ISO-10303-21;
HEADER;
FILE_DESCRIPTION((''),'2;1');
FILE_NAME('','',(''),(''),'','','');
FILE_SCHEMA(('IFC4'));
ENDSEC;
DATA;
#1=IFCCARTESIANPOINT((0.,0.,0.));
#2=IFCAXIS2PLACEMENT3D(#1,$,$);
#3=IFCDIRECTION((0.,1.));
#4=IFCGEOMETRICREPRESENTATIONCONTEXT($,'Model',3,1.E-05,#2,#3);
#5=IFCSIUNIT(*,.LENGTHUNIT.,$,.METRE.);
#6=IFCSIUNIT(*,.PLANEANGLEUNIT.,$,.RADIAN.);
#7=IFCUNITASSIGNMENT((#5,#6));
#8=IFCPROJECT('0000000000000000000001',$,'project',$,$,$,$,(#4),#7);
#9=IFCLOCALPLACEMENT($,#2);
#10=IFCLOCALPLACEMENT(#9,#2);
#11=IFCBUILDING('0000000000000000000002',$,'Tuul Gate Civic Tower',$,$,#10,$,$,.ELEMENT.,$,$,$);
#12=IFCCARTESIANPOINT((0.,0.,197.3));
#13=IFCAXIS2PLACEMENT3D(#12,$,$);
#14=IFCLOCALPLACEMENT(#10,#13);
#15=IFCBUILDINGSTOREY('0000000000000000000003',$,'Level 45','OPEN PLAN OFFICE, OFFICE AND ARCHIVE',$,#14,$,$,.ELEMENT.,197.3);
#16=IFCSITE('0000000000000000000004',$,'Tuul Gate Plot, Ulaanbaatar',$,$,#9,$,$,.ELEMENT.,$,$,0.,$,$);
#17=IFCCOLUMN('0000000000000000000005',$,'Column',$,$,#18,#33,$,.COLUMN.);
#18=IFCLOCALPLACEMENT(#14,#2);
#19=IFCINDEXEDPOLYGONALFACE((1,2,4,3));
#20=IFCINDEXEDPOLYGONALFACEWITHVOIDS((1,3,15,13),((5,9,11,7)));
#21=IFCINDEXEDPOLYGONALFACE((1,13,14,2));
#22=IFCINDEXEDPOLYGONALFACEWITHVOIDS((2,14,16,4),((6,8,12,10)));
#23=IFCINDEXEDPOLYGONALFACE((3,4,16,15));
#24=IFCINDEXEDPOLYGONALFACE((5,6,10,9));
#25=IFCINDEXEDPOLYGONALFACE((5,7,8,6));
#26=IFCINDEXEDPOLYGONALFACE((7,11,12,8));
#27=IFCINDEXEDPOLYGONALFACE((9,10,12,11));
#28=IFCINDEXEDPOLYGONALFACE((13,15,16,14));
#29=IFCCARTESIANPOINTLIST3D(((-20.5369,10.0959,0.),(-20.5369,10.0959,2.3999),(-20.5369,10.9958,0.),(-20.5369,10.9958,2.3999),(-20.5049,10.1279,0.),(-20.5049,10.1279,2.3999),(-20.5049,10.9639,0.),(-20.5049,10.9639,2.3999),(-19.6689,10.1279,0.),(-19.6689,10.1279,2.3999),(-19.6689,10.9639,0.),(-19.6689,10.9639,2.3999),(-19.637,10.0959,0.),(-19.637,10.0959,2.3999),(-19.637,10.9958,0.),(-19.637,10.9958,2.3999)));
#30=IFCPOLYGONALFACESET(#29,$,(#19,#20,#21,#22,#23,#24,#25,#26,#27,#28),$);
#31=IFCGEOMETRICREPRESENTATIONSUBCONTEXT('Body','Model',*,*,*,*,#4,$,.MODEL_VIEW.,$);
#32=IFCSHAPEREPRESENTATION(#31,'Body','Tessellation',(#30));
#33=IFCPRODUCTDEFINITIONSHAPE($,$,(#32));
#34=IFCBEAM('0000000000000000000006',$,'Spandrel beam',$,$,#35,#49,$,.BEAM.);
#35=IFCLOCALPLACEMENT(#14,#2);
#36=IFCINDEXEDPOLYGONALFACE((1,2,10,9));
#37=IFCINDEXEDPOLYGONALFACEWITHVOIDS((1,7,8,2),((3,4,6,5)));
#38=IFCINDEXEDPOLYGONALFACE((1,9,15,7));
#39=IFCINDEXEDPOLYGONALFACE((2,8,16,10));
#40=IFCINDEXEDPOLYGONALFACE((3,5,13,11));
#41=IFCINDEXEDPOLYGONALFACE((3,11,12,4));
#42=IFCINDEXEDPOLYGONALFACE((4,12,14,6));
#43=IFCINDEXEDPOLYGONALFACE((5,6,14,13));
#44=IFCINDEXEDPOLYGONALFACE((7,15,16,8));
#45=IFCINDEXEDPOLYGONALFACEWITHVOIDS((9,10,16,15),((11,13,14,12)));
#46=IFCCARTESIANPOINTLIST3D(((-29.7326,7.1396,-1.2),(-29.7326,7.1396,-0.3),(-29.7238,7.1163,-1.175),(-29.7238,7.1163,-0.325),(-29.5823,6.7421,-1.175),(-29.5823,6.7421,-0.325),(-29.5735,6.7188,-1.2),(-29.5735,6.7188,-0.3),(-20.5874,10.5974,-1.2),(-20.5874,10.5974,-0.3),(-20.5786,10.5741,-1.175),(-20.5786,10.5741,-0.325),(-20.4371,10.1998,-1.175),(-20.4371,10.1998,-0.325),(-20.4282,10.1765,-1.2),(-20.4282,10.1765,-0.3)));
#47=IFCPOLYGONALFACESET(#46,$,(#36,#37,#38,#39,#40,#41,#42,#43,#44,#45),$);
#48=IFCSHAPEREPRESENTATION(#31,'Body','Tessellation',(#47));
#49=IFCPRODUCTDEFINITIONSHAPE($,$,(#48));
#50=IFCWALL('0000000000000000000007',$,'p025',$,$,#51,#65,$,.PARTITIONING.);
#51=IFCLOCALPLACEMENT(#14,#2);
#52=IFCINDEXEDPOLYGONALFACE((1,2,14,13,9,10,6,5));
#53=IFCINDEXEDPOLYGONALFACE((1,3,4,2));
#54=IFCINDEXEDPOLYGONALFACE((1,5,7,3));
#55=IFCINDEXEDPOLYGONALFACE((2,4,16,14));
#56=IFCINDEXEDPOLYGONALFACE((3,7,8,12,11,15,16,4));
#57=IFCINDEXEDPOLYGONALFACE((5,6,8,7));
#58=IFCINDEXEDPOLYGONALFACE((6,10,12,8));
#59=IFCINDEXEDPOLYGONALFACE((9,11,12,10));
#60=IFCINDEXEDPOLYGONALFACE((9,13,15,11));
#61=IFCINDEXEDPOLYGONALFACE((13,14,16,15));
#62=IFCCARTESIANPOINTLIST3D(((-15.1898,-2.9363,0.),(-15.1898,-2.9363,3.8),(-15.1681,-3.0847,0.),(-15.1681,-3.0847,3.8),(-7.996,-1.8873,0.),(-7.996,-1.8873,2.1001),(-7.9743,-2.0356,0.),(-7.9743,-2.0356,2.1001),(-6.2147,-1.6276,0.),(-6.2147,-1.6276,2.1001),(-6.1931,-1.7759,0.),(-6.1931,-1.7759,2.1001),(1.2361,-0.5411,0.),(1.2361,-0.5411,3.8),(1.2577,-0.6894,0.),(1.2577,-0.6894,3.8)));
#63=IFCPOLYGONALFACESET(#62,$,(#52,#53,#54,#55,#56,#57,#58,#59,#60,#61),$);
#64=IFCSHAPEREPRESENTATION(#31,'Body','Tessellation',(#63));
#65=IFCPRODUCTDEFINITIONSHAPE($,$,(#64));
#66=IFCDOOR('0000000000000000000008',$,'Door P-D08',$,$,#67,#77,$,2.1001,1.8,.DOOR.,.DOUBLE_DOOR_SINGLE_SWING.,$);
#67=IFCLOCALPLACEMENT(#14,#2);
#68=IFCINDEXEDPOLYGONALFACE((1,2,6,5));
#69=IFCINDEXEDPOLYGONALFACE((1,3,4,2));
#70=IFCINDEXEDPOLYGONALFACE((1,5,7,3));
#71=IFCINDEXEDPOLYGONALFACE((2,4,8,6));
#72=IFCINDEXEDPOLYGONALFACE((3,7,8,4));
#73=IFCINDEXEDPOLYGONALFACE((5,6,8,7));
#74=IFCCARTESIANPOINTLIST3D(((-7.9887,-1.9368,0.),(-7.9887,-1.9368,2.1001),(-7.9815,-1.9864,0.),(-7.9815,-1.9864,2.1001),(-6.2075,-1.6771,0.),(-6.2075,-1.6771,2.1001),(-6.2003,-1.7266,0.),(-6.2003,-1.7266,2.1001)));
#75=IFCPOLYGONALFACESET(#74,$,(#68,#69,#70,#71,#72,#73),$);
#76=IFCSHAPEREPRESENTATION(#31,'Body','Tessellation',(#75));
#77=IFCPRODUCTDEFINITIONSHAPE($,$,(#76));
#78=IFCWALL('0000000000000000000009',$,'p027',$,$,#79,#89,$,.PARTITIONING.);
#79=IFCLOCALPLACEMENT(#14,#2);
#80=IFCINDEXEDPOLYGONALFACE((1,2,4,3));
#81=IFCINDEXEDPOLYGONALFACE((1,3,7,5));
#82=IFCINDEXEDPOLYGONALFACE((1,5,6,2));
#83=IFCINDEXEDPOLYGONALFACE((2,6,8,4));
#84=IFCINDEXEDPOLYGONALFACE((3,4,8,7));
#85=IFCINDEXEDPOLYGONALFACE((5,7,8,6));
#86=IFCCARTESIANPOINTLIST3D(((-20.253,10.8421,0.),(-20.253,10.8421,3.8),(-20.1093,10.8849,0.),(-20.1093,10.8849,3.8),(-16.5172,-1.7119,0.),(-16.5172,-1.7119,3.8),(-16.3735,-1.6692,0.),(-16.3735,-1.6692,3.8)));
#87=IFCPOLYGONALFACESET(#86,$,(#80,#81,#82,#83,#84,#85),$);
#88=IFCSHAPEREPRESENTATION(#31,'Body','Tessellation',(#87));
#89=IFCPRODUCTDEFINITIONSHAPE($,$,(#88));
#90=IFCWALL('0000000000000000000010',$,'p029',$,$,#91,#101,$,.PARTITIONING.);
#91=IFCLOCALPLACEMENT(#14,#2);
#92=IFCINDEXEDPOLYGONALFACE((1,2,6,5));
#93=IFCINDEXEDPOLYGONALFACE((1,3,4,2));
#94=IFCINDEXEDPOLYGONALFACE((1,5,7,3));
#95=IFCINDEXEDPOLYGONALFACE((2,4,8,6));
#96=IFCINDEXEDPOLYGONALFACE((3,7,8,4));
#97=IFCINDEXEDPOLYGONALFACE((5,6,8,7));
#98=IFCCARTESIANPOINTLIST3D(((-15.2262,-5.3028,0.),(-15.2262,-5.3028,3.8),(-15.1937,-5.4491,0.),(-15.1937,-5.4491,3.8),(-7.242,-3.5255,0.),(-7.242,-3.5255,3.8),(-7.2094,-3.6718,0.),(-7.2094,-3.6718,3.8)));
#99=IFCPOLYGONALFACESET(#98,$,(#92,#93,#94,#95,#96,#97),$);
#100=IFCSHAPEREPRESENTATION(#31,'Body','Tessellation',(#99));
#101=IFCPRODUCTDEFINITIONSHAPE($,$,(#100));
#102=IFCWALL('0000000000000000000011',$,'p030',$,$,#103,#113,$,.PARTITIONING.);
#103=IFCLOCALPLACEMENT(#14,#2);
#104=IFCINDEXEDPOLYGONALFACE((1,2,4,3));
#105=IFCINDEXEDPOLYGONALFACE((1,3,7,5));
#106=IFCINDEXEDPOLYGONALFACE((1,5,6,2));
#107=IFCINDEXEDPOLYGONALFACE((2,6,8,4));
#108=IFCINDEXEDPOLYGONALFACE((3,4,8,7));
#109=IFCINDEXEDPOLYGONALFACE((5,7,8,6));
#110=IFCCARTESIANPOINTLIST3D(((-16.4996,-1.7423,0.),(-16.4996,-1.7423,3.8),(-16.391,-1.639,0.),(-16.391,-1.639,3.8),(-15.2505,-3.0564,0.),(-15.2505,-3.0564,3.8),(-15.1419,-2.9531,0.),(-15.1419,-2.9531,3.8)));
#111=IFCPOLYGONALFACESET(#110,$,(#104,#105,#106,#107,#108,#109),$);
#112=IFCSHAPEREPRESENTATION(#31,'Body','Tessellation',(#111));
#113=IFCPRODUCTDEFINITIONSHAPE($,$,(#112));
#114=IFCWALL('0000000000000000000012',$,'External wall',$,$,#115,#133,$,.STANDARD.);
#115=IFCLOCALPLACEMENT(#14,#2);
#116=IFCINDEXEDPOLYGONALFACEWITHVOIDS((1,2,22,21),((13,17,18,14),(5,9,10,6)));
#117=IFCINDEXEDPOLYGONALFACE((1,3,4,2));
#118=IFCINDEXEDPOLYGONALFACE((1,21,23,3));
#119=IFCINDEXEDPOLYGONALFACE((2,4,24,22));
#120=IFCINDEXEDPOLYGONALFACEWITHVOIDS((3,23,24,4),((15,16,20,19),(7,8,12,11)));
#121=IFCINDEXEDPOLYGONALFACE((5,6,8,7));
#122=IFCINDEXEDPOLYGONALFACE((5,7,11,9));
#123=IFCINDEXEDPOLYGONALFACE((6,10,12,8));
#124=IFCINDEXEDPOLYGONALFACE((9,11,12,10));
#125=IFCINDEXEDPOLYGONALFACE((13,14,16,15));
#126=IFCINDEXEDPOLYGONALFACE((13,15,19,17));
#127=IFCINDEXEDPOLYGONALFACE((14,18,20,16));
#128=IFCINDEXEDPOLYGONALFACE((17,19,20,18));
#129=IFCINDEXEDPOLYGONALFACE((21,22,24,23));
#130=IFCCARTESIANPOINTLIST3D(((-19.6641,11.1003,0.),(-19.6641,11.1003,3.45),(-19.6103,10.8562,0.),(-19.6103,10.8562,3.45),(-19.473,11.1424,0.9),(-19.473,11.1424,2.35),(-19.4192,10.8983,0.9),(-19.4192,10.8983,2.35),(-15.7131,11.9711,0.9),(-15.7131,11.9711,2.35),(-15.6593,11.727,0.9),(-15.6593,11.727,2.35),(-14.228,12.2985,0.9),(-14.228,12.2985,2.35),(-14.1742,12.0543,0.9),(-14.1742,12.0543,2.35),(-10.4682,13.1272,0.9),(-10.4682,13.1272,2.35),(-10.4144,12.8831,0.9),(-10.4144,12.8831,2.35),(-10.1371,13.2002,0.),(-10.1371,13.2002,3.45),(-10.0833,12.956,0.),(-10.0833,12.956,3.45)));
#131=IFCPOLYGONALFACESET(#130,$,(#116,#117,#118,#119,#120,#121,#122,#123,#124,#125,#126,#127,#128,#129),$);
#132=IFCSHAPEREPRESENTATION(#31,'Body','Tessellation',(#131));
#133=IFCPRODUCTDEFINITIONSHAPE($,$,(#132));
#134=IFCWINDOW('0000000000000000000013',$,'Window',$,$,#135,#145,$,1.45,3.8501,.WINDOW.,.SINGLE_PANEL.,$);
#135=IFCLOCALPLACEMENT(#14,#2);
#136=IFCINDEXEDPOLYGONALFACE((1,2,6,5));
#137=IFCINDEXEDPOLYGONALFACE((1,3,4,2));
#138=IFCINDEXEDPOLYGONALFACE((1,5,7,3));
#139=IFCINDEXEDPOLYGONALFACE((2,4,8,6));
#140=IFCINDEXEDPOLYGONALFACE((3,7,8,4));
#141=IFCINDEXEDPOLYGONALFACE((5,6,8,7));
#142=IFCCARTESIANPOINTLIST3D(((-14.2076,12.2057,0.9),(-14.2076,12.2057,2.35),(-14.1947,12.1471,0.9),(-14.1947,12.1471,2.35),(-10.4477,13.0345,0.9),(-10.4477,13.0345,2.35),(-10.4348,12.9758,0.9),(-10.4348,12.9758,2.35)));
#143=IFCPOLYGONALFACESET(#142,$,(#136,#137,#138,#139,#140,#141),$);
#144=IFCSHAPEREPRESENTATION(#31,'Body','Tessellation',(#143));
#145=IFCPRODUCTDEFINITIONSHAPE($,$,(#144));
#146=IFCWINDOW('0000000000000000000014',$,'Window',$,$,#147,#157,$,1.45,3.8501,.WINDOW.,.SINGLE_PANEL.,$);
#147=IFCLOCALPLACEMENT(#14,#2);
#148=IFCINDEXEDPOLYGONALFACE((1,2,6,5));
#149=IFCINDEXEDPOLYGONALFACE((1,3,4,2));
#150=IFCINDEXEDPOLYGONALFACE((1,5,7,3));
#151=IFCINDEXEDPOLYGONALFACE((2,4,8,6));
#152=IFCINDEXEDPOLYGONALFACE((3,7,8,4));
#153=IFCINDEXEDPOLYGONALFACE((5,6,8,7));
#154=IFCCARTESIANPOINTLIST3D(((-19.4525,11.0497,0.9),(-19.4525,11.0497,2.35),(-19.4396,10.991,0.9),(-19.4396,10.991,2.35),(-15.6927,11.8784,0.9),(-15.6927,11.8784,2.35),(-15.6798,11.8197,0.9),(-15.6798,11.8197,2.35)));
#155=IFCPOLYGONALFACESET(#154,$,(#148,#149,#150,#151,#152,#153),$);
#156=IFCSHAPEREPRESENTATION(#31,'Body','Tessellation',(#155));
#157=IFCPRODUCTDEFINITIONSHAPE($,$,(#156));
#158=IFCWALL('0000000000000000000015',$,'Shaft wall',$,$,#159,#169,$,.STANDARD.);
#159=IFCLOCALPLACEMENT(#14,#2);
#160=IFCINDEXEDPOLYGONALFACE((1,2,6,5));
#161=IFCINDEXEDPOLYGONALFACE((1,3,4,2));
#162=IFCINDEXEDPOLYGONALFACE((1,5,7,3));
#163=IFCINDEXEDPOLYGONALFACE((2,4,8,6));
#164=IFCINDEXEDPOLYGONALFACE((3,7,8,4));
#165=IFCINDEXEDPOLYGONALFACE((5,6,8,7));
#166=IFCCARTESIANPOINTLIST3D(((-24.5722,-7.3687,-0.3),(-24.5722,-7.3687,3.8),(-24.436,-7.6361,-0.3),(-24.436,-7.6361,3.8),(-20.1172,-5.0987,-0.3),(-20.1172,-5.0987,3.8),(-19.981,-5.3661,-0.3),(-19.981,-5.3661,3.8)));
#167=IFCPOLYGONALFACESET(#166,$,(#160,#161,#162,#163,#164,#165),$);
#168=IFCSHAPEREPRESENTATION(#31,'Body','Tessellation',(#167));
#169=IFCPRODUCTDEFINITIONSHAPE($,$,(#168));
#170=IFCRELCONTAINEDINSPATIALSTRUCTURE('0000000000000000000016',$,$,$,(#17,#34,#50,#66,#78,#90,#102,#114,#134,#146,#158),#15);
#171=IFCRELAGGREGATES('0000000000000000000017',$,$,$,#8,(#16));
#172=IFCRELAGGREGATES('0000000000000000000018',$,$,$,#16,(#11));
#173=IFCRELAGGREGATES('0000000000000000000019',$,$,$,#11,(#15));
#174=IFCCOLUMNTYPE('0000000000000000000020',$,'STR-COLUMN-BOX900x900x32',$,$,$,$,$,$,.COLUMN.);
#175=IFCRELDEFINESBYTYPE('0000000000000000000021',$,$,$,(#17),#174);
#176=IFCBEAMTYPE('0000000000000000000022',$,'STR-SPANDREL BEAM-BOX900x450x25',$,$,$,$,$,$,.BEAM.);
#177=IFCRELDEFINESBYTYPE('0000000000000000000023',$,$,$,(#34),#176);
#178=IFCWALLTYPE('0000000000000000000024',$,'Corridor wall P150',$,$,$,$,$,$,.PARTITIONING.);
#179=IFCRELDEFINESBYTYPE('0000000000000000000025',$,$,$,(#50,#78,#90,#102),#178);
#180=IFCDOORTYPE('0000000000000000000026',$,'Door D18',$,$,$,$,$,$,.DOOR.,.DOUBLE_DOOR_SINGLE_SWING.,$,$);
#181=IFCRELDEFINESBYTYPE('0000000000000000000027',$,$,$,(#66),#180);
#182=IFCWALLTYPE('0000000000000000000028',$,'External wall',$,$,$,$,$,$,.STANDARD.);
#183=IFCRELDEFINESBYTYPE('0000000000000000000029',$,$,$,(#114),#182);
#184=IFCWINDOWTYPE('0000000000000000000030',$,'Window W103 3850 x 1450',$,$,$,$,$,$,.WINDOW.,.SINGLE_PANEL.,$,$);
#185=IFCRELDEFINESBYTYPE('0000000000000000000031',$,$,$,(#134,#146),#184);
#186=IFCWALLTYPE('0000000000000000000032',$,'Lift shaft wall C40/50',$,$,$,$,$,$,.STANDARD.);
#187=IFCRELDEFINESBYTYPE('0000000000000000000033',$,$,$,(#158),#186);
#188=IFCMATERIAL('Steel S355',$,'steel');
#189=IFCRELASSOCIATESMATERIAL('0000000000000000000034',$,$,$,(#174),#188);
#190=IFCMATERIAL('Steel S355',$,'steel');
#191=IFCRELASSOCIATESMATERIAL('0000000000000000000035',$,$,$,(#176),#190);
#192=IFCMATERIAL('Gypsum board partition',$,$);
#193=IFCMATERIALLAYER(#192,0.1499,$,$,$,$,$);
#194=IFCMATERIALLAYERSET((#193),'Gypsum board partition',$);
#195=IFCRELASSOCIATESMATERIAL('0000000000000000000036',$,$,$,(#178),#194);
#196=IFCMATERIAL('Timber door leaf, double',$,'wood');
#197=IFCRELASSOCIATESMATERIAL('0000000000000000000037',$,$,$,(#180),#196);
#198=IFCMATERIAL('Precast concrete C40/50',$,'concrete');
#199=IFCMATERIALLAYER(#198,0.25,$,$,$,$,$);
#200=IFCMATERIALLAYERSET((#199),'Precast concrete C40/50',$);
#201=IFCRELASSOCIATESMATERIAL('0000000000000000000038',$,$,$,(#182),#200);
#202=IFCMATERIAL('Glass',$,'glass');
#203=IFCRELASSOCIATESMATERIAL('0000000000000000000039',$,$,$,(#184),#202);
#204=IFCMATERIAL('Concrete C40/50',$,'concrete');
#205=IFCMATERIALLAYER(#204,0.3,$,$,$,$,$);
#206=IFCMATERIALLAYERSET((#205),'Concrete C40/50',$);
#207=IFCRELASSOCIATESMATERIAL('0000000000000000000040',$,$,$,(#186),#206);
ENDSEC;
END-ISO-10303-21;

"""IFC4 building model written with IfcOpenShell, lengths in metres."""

from ifc_helpers import new_model, si_unit, direction, frame, frame_2d, origin, origin_2d, place, context, subcontext, project, spatial, rectangle, hollow_rectangle, extrude, material, layer, layer_set, material_profile, profile_set, type_object, element, fill, save


model = new_model("IFC4")

# Units and contexts
model_context = context("Model", 3, precision=1e-05, world=origin(), true_north=direction((0.0, 1.0)))
body_context = subcontext(model_context, "Body", "Model", "MODEL_VIEW")
ifc_project = project(units=[si_unit("LENGTHUNIT", "METRE"), si_unit("PLANEANGLEUNIT", "RADIAN")], contexts=[model_context])

# Site, building, storey
site_placement = place(None, origin())
site = spatial("IfcSite", under=ifc_project, at=site_placement, Name="Tuul Gate Plot, Ulaanbaatar", CompositionType="ELEMENT", RefElevation=0.0)
building_placement = place(site_placement, origin())
building = spatial("IfcBuilding", under=site, at=building_placement, Name="Tuul Gate Civic Tower", CompositionType="ELEMENT")
storey_placement = place(building_placement, frame((0.0, 0.0, 197.3)))
storey = spatial("IfcBuildingStorey", under=building, at=storey_placement, Name="Level 45", Description="OPEN PLAN OFFICE, OFFICE AND ARCHIVE", CompositionType="ELEMENT", Elevation=197.3)

# Column
ifc_material_1 = material(Name="Steel S355", Category="steel")
ifc_material_profile_1 = material_profile(ifc_material_1, hollow_rectangle(XDim=0.8999, YDim=0.8999, WallThickness=0.032, at=origin_2d()), Name="BOX900x900x32")
ifc_profile_set_1 = profile_set([ifc_material_profile_1], Name="Steel S355")
column_type = type_object("IfcColumnType", Name="STR-COLUMN-BOX900x900x32", PredefinedType="COLUMN", material=ifc_profile_set_1)
column_placement = place(storey_placement, frame((-20.0869, 10.5459, 0.0), z_axis=(0.0, 0.0, 1.0), x_axis=(1.0, 0.0, 0.0)))
element("IfcColumn", 1, at=column_placement, inside=storey, type_object=column_type, Name="Column", PredefinedType="COLUMN", context=body_context, shape_type="SweptSolid", body=[
    extrude(hollow_rectangle(XDim=0.8999, YDim=0.8999, WallThickness=0.032, at=origin_2d()), origin(), (0.0, 0.0, 1.0), 2.3999),
])

# Beam
ifc_material_2 = material(Name="Steel S355", Category="steel")
ifc_material_profile_2 = material_profile(ifc_material_2, hollow_rectangle(XDim=0.45, YDim=0.8999, WallThickness=0.0249, at=origin_2d()), Name="BOX900x450x25")
ifc_profile_set_2 = profile_set([ifc_material_profile_2], Name="Steel S355")
beam_type = type_object("IfcBeamType", Name="STR-SPANDREL BEAM-BOX900x450x25", PredefinedType="BEAM", material=ifc_profile_set_2)
beam_placement = place(storey_placement, frame((-20.5078, 10.387, -0.75), z_axis=(-0.935374, -0.353659, 0.0), x_axis=(0.353659, -0.935374, 0.0)))
element("IfcBeam", 2, at=beam_placement, inside=storey, type_object=beam_type, Name="Spandrel beam", PredefinedType="BEAM", context=body_context, shape_type="SweptSolid", body=[
    extrude(hollow_rectangle(XDim=0.45, YDim=0.8999, WallThickness=0.0249, at=origin_2d()), origin(), (0.0, 0.0, 1.0), 9.7771),
])

# Wall, opening, door
ifc_material_3 = material(Name="Gypsum board partition")
ifc_layer_1 = layer(ifc_material_3, 0.1499)
ifc_layer_set_1 = layer_set([ifc_layer_1], Name="Gypsum board partition")
wall_type_1 = type_object("IfcWallType", Name="Corridor wall P150", PredefinedType="PARTITIONING", material=ifc_layer_set_1)
wall_1_placement = place(storey_placement, frame((-15.179, -3.0105, 0.0), z_axis=(0.0, 0.0, 1.0), x_axis=(0.989534, 0.144297, 0.0)))
wall_1 = element("IfcWall", 3, at=wall_1_placement, inside=storey, type_object=wall_type_1, Name="p025", PredefinedType="PARTITIONING", context=body_context, shape_type="SweptSolid", body=[
    extrude(rectangle(XDim=16.5996, YDim=0.1499, at=frame_2d((8.2998, 0.0))), origin(), (0.0, 0.0, 1.0), 3.8),
])
opening_1_placement = place(wall_1_placement, frame((7.27, 0.0, 0.0)))
opening_1 = element("IfcOpeningElement", 4, at=opening_1_placement, cuts=wall_1, PredefinedType="OPENING", context=body_context, shape_type="SweptSolid", body=[
    extrude(rectangle(XDim=1.8, YDim=2.1001, at=frame_2d((0.8999, 1.05))), frame((0.0, 0.085, 0.0), z_axis=(0.0, -1.0, 0.0), x_axis=(1.0, 0.0, 0.0)), (0.0, 0.0, 1.0), 0.1699),
])
ifc_material_4 = material(Name="Timber door leaf, double", Category="wood")
door_type_1 = type_object("IfcDoorType", Name="Door D18", OperationType="DOUBLE_DOOR_SINGLE_SWING", PredefinedType="DOOR", material=ifc_material_4)
door_1_placement = place(opening_1_placement, origin())
door_1 = element("IfcDoor", 5, at=door_1_placement, inside=storey, type_object=door_type_1, Name="Door P-D08", OperationType="DOUBLE_DOOR_SINGLE_SWING", OverallHeight=2.1001, OverallWidth=1.8, PredefinedType="DOOR", context=body_context, shape_type="SweptSolid", body=[
    extrude(rectangle(XDim=1.8, YDim=2.1001, at=frame_2d((0.8999, 1.05))), frame((0.0, 0.0249, 0.0), z_axis=(0.0, -1.0, 0.0), x_axis=(1.0, 0.0, 0.0)), (0.0, 0.0, 1.0), 0.05),
])
fill(opening_1, door_1)

# Walls
wall_2_placement = place(storey_placement, frame((-20.1812, 10.8635, 0.0), z_axis=(0.0, 0.0, 1.0), x_axis=(0.285216, -0.958463, 0.0)))
element("IfcWall", 6, at=wall_2_placement, inside=storey, type_object=wall_type_1, Name="p027", PredefinedType="PARTITIONING", context=body_context, shape_type="SweptSolid", body=[
    extrude(rectangle(XDim=13.0981, YDim=0.1499, at=frame_2d((6.5491, 0.0))), origin(), (0.0, 0.0, 1.0), 3.8),
])
wall_3_placement = place(storey_placement, frame((-15.21, -5.376, 0.0), z_axis=(0.0, 0.0, 1.0), x_axis=(0.976108, 0.217284, 0.0)))
element("IfcWall", 7, at=wall_3_placement, inside=storey, type_object=wall_type_1, Name="p029", PredefinedType="PARTITIONING", context=body_context, shape_type="SweptSolid", body=[
    extrude(rectangle(XDim=8.1797, YDim=0.1499, at=frame_2d((4.0898, 0.0))), origin(), (0.0, 0.0, 1.0), 3.8),
])
wall_4_placement = place(storey_placement, frame((-16.4453, -1.6907, 0.0), z_axis=(0.0, 0.0, 1.0), x_axis=(0.688969, -0.724791, 0.0)))
element("IfcWall", 8, at=wall_4_placement, inside=storey, type_object=wall_type_1, Name="p030", PredefinedType="PARTITIONING", context=body_context, shape_type="SweptSolid", body=[
    extrude(rectangle(XDim=1.813, YDim=0.1499, at=frame_2d((0.9065, 0.0))), origin(), (0.0, 0.0, 1.0), 3.8),
])

# Wall, openings, windows
ifc_material_5 = material(Name="Precast concrete C40/50", Category="concrete")
ifc_layer_2 = layer(ifc_material_5, 0.25)
ifc_layer_set_2 = layer_set([ifc_layer_2], Name="Precast concrete C40/50")
wall_type_2 = type_object("IfcWallType", Name="External wall", PredefinedType="STANDARD", material=ifc_layer_set_2)
wall_5_placement = place(storey_placement, frame((-10.1101, 13.0781, 0.0), z_axis=(0.0, 0.0, 1.0), x_axis=(-0.97656, -0.215248, 0.0)))
wall_5 = element("IfcWall", 9, at=wall_5_placement, inside=storey, type_object=wall_type_2, Name="External wall", PredefinedType="STANDARD", context=body_context, shape_type="SweptSolid", body=[
    extrude(rectangle(XDim=9.7556, YDim=0.25, at=frame_2d((4.8779, 0.0))), origin(), (0.0, 0.0, 1.0), 3.45),
])
opening_2_placement = place(wall_5_placement, frame((0.3391, 0.0, 0.8999)))
opening_2 = element("IfcOpeningElement", 10, at=opening_2_placement, cuts=wall_5, PredefinedType="OPENING", context=body_context, shape_type="SweptSolid", body=[
    extrude(rectangle(XDim=3.8501, YDim=1.45, at=frame_2d((1.925, 0.7251))), frame((0.0, 0.135, 0.0), z_axis=(0.0, -1.0, 0.0), x_axis=(1.0, 0.0, 0.0)), (0.0, 0.0, 1.0), 0.27),
])
opening_3_placement = place(wall_5_placement, frame((5.71, 0.0, 0.8999)))
opening_3 = element("IfcOpeningElement", 11, at=opening_3_placement, cuts=wall_5, PredefinedType="OPENING", context=body_context, shape_type="SweptSolid", body=[
    extrude(rectangle(XDim=3.8501, YDim=1.45, at=frame_2d((1.925, 0.7251))), frame((0.0, 0.135, 0.0), z_axis=(0.0, -1.0, 0.0), x_axis=(1.0, 0.0, 0.0)), (0.0, 0.0, 1.0), 0.27),
])
ifc_material_6 = material(Name="Glass", Category="glass")
window_type = type_object("IfcWindowType", Name="Window W103 3850 x 1450", PartitioningType="SINGLE_PANEL", PredefinedType="WINDOW", material=ifc_material_6)
window_1_placement = place(opening_2_placement, origin())
window_1 = element("IfcWindow", 12, at=window_1_placement, inside=storey, type_object=window_type, Name="Window", OverallHeight=1.45, OverallWidth=3.8501, PartitioningType="SINGLE_PANEL", PredefinedType="WINDOW", context=body_context, shape_type="SweptSolid", body=[
    extrude(rectangle(XDim=3.8501, YDim=1.45, at=frame_2d((1.925, 0.7251))), frame((0.0, 0.03, 0.0), z_axis=(0.0, -1.0, 0.0), x_axis=(1.0, 0.0, 0.0)), (0.0, 0.0, 1.0), 0.0601),
])
fill(opening_2, window_1)
window_2_placement = place(opening_3_placement, origin())
window_2 = element("IfcWindow", 13, at=window_2_placement, inside=storey, type_object=window_type, Name="Window", OverallHeight=1.45, OverallWidth=3.8501, PartitioningType="SINGLE_PANEL", PredefinedType="WINDOW", context=body_context, shape_type="SweptSolid", body=[
    extrude(rectangle(XDim=3.8501, YDim=1.45, at=frame_2d((1.925, 0.7251))), frame((0.0, 0.03, 0.0), z_axis=(0.0, -1.0, 0.0), x_axis=(1.0, 0.0, 0.0)), (0.0, 0.0, 1.0), 0.0601),
])
fill(opening_3, window_2)

# Wall
ifc_material_7 = material(Name="Concrete C40/50", Category="concrete")
ifc_layer_3 = layer(ifc_material_7, 0.3)
ifc_layer_set_3 = layer_set([ifc_layer_3], Name="Concrete C40/50")
wall_type_3 = type_object("IfcWallType", Name="Lift shaft wall C40/50", PredefinedType="STANDARD", material=ifc_layer_set_3)
wall_6_placement = place(storey_placement, frame((-20.0491, -5.2324, -0.3), z_axis=(0.0, 0.0, 1.0), x_axis=(-0.891003, -0.453997, 0.0)))
element("IfcWall", 14, at=wall_6_placement, inside=storey, type_object=wall_type_3, Name="Shaft wall", PredefinedType="STANDARD", context=body_context, shape_type="SweptSolid", body=[
    extrude(rectangle(XDim=5.0, YDim=0.3, at=frame_2d((2.5, 0.0))), origin(), (0.0, 0.0, 1.0), 4.1001),
])

save(model, "model.ifc")
